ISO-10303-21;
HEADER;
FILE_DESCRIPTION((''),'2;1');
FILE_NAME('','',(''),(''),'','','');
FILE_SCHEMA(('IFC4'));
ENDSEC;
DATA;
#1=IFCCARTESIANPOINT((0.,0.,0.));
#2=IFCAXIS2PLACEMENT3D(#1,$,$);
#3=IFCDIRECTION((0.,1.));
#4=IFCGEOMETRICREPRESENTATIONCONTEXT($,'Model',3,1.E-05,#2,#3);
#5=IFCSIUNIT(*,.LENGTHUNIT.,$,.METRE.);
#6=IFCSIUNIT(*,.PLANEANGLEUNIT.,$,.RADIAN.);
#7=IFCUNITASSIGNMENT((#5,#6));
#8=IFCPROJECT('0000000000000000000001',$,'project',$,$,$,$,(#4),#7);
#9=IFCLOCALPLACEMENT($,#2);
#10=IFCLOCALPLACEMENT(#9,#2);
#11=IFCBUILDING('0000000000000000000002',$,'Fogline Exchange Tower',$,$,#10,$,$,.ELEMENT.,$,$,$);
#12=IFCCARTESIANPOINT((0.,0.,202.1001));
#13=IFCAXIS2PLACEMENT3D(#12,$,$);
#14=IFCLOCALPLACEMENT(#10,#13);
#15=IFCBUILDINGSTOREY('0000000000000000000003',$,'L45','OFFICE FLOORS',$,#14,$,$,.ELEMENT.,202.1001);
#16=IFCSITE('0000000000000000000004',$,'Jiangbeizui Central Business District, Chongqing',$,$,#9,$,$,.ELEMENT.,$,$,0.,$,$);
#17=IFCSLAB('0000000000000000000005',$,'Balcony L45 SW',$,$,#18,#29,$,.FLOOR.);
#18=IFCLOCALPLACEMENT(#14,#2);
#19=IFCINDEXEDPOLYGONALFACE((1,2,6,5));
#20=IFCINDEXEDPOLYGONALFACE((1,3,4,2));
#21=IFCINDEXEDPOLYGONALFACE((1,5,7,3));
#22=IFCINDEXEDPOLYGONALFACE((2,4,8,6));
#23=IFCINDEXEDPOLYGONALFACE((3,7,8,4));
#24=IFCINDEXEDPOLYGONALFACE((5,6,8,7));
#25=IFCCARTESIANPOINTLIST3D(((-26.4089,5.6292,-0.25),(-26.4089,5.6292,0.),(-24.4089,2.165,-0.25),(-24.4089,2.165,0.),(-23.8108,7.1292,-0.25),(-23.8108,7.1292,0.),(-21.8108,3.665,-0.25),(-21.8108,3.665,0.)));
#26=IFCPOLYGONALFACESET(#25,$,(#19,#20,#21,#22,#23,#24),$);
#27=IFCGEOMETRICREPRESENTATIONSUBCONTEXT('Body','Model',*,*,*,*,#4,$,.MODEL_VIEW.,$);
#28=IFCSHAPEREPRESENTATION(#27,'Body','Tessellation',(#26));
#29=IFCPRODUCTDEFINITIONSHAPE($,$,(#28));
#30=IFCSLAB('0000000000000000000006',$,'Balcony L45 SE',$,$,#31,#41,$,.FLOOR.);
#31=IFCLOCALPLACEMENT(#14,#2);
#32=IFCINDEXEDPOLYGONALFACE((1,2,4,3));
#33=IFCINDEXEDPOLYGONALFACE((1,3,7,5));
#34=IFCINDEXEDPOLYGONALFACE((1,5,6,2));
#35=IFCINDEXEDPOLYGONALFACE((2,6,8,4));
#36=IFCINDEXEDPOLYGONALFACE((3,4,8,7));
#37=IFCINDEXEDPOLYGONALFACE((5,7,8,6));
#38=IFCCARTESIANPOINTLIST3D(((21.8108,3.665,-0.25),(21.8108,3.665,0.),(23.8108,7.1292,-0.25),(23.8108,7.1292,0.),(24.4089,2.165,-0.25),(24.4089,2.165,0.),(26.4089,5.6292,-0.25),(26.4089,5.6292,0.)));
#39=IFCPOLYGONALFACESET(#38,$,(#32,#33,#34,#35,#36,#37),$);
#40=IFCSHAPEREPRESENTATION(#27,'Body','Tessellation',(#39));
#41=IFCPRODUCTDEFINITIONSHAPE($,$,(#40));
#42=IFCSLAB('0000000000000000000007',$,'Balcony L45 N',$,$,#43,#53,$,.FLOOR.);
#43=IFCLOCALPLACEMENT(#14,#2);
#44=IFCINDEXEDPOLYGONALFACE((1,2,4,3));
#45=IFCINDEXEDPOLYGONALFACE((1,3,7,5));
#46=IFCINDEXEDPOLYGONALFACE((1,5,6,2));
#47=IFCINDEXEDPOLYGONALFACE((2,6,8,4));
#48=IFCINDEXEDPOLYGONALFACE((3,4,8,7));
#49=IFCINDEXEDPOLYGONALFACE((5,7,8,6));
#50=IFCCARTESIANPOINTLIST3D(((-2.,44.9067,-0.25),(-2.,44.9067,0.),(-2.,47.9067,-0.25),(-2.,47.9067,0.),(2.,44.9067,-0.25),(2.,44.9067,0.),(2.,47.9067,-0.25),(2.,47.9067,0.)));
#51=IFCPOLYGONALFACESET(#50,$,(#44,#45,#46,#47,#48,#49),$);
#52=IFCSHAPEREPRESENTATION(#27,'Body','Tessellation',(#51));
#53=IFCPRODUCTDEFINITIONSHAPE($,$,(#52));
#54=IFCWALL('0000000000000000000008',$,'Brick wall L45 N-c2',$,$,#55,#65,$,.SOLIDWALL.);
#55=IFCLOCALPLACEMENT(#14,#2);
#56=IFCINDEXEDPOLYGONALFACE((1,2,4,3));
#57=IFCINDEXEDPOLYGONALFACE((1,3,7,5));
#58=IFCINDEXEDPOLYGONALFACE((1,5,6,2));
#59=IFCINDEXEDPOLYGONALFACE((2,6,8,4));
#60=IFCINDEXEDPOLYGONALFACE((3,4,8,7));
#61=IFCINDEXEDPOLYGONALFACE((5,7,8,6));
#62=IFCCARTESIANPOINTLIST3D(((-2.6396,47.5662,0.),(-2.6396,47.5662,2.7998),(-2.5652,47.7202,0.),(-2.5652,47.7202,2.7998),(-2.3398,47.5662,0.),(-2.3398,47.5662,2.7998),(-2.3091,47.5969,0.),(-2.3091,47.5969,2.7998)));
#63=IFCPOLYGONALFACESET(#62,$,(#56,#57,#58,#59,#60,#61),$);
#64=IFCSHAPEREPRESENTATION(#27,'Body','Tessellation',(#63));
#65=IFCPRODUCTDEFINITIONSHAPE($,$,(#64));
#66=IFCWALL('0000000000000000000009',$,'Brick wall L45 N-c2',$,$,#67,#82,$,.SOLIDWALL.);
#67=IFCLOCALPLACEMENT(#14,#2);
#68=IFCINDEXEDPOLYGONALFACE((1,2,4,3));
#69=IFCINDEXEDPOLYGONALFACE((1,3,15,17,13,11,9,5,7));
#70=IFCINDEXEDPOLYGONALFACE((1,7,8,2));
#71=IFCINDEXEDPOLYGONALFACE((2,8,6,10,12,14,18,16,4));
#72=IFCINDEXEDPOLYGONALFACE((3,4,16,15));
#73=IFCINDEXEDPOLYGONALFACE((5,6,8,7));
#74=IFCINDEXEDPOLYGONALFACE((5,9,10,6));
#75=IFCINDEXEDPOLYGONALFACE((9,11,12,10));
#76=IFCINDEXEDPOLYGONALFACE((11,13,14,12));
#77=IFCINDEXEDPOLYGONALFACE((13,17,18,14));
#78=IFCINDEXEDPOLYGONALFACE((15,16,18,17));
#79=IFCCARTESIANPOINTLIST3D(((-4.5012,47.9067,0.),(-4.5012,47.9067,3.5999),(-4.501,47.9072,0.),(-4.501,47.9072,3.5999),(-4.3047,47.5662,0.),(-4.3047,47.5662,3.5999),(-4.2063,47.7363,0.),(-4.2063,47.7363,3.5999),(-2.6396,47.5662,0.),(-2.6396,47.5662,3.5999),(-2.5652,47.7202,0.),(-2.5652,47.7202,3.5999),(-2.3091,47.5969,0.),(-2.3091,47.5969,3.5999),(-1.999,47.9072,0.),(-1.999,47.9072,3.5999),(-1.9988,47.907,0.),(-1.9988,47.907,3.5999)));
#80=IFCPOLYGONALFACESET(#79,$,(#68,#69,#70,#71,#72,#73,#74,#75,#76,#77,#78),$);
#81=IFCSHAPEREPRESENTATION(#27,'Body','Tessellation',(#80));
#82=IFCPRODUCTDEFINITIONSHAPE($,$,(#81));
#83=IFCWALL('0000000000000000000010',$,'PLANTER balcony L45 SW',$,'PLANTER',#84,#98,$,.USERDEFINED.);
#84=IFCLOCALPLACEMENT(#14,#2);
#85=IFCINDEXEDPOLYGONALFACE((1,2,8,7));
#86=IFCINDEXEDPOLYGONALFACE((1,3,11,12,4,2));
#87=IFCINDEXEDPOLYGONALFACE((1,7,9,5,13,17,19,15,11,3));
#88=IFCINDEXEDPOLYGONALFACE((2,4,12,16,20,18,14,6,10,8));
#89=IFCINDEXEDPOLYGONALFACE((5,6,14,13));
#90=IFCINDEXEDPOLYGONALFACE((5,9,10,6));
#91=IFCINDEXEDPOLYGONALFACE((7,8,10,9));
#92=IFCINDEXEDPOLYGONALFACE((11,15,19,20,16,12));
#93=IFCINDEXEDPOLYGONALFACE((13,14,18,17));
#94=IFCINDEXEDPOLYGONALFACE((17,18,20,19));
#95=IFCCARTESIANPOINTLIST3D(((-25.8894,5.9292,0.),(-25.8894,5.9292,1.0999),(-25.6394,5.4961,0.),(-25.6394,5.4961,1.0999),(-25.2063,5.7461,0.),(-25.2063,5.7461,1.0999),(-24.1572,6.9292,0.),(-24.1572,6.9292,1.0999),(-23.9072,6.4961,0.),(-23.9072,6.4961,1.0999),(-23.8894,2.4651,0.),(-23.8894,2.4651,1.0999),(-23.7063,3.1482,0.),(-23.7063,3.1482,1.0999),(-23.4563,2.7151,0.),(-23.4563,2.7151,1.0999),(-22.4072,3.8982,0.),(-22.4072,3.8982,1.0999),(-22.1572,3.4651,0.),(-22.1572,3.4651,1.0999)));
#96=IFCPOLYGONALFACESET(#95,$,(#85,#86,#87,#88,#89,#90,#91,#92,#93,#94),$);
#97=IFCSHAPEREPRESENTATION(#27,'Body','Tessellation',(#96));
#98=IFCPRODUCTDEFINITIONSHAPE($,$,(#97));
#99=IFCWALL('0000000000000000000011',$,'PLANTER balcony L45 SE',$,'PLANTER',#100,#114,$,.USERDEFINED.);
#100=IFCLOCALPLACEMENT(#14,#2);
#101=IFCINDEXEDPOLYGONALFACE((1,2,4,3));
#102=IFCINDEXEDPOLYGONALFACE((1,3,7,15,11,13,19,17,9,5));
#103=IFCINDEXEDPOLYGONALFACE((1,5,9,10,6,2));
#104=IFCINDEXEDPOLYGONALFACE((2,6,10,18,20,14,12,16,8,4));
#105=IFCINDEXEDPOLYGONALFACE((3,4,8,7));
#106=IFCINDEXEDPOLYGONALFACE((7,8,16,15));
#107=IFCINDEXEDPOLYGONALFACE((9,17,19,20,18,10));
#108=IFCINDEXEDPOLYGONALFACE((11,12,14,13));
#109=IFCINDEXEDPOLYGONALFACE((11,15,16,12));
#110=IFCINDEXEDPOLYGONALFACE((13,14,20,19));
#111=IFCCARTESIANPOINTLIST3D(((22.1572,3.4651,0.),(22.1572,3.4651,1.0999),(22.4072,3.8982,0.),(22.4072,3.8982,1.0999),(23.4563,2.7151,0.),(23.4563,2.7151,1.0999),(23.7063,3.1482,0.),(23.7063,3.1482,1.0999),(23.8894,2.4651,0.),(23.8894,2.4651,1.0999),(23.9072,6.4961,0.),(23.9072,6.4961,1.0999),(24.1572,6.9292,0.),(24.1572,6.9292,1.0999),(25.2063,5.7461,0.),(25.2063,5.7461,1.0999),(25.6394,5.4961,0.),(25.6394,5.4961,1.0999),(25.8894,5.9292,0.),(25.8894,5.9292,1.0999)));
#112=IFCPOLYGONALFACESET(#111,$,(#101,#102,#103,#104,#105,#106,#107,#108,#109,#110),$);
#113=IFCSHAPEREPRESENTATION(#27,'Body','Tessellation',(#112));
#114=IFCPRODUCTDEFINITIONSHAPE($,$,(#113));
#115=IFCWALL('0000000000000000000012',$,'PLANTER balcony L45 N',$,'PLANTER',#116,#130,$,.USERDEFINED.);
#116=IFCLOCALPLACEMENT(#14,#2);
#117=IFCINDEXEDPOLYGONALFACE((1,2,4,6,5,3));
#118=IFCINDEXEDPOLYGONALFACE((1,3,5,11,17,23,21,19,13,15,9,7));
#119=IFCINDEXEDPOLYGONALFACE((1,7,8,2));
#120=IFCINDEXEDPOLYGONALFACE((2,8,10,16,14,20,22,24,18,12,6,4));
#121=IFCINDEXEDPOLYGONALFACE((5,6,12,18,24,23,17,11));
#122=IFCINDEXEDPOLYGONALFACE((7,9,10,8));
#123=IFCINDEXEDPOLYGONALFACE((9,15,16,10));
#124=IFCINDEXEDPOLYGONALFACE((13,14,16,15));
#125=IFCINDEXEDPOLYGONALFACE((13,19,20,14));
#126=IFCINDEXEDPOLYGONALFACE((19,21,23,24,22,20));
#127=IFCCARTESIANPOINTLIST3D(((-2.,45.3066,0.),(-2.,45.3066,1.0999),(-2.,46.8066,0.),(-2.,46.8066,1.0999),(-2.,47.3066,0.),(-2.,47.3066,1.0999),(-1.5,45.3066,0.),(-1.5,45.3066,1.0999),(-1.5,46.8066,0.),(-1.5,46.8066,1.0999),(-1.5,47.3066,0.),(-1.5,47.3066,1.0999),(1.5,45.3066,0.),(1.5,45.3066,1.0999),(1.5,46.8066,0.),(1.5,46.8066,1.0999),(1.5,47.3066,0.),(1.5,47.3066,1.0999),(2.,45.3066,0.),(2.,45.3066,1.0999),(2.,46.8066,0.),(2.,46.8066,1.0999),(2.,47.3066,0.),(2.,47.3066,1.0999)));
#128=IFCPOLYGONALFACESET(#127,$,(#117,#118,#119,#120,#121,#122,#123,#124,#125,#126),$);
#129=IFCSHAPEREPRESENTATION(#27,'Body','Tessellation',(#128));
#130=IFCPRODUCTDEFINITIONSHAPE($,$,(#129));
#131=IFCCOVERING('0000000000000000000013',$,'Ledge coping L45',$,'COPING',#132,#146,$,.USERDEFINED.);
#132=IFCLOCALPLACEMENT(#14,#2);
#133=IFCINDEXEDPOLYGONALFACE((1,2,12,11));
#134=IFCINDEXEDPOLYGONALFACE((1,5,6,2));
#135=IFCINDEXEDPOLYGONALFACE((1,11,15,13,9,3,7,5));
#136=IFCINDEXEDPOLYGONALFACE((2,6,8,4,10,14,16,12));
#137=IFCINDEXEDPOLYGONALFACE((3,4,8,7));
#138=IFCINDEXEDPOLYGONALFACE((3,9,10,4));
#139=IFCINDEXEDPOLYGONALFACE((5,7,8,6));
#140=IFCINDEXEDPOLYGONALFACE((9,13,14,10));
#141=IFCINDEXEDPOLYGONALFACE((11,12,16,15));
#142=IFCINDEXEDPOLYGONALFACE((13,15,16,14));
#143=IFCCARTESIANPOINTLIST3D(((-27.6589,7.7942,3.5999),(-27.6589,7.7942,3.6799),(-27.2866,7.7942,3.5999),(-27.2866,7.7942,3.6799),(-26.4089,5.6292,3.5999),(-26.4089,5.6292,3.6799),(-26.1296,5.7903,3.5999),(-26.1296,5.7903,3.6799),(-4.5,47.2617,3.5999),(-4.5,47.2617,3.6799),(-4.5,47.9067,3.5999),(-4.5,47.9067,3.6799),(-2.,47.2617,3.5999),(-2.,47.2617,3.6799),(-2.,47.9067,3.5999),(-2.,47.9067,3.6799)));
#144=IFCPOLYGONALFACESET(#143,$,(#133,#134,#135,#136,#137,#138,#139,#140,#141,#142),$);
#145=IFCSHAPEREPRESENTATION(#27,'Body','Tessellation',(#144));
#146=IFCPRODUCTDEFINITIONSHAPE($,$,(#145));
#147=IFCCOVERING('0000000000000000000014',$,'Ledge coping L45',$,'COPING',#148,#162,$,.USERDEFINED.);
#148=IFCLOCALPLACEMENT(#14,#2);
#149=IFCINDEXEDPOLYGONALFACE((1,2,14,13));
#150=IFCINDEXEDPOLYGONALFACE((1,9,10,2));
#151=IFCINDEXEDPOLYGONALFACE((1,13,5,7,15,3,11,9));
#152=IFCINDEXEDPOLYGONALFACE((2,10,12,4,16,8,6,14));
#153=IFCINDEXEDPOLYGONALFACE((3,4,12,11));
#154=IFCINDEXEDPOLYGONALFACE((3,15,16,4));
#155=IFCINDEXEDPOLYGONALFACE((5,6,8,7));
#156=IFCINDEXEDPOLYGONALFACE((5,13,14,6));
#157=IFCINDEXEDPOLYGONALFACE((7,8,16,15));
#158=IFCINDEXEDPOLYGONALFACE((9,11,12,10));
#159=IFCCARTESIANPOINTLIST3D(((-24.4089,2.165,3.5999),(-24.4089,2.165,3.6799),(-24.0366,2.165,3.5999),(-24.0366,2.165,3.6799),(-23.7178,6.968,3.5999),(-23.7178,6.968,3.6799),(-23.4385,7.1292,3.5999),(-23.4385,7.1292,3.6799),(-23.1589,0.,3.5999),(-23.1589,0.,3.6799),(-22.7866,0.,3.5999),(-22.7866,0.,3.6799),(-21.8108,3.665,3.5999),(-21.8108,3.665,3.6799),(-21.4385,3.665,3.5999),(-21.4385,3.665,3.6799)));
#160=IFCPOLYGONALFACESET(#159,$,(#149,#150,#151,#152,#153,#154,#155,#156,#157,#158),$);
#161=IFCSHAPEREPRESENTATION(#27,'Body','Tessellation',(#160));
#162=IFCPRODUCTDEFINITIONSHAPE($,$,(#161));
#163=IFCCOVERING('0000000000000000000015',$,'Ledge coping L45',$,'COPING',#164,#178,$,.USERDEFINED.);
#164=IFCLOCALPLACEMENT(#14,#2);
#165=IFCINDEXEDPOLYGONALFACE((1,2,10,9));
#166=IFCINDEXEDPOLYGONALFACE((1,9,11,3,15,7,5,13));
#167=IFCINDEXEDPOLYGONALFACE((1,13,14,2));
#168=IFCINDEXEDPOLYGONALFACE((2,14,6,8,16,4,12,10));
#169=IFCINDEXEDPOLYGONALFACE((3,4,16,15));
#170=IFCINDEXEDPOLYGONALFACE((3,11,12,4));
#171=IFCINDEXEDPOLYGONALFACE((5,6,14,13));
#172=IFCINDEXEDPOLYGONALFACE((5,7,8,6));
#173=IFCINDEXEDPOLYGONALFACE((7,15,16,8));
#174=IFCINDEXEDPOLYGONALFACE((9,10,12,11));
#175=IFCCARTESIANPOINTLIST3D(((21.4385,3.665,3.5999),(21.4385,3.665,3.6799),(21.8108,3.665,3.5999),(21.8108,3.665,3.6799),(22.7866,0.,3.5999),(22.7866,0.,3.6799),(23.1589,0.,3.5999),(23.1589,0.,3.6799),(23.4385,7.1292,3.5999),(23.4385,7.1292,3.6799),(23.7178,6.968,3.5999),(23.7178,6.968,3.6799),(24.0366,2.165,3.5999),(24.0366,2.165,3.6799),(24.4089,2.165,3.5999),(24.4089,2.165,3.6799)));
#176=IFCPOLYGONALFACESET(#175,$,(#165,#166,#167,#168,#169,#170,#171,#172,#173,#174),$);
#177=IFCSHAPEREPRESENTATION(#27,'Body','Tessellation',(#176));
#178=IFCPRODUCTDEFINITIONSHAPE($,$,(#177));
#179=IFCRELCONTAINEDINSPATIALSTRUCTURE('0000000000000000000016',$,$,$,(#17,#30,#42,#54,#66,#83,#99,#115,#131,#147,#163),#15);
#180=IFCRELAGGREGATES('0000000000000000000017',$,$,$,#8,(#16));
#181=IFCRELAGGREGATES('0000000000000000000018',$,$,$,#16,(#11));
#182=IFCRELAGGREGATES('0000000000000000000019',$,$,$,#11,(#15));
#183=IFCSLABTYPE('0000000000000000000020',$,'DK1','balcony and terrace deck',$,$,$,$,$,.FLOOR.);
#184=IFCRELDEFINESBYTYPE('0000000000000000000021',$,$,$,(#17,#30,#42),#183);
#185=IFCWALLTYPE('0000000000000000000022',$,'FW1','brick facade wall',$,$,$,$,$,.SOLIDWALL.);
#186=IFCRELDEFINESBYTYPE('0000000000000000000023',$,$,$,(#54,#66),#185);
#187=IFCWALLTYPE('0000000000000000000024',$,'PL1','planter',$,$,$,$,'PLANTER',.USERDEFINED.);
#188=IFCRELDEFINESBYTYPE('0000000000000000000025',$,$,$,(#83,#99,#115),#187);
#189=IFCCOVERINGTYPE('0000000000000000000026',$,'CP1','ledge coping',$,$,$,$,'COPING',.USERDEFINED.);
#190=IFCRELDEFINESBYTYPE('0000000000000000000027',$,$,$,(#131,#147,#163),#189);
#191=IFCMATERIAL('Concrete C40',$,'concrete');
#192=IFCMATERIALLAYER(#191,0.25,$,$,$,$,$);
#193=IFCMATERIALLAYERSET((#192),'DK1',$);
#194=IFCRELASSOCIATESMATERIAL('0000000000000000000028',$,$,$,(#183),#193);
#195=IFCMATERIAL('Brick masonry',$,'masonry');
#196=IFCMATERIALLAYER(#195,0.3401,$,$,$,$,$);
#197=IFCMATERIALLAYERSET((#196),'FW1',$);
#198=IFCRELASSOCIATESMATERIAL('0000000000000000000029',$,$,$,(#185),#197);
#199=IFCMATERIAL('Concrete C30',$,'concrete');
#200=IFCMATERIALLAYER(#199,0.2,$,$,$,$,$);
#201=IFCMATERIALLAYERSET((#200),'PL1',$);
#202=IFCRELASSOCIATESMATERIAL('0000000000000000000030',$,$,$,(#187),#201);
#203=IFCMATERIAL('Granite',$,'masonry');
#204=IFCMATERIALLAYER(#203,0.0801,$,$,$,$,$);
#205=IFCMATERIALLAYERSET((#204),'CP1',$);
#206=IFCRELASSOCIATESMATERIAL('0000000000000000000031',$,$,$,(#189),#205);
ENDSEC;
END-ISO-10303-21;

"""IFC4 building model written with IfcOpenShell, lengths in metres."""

from ifc_helpers import new_model, si_unit, direction, frame, origin, place, context, subcontext, project, spatial, polyline, outline, extrude, material, layer, layer_set, type_object, element, save


model = new_model("IFC4")

# Units and contexts
model_context = context("Model", 3, precision=1e-05, world=origin(), true_north=direction((0.0, 1.0)))
body_context = subcontext(model_context, "Body", "Model", "MODEL_VIEW")
ifc_project = project(units=[si_unit("LENGTHUNIT", "METRE"), si_unit("PLANEANGLEUNIT", "RADIAN")], contexts=[model_context])

# Site, building, storey
site_placement = place(None, origin())
site = spatial("IfcSite", under=ifc_project, at=site_placement, Name="Jiangbeizui Central Business District, Chongqing", CompositionType="ELEMENT", RefElevation=0.0)
building_placement = place(site_placement, origin())
building = spatial("IfcBuilding", under=site, at=building_placement, Name="Fogline Exchange Tower", CompositionType="ELEMENT")
storey_placement = place(building_placement, frame((0.0, 0.0, 202.1001)))
storey = spatial("IfcBuildingStorey", under=building, at=storey_placement, Name="L45", Description="OFFICE FLOORS", CompositionType="ELEMENT", Elevation=202.1001)

# Slabs
ifc_material_1 = material(Name="Concrete C40", Category="concrete")
ifc_layer_1 = layer(ifc_material_1, 0.25)
ifc_layer_set_1 = layer_set([ifc_layer_1], Name="DK1")
slab_type = type_object("IfcSlabType", Name="DK1", Description="balcony and terrace deck", PredefinedType="FLOOR", material=ifc_layer_set_1)
slab_1_placement = place(storey_placement, frame((0.0, 0.0, -0.25)))
element("IfcSlab", 1, at=slab_1_placement, inside=storey, type_object=slab_type, Name="Balcony L45 SW", PredefinedType="FLOOR", context=body_context, shape_type="SweptSolid", body=[
    extrude(outline(polyline([(-26.4089, 5.6292), (-24.4089, 2.165), (-21.8108, 3.665), (-23.8108, 7.1292), (-26.4089, 5.6292)])), origin(), (0.0, 0.0, 1.0), 0.25),
])
slab_2_placement = place(storey_placement, frame((0.0, 0.0, -0.25)))
element("IfcSlab", 2, at=slab_2_placement, inside=storey, type_object=slab_type, Name="Balcony L45 SE", PredefinedType="FLOOR", context=body_context, shape_type="SweptSolid", body=[
    extrude(outline(polyline([(24.4089, 2.165), (26.4089, 5.6292), (23.8108, 7.1292), (21.8108, 3.665), (24.4089, 2.165)])), origin(), (0.0, 0.0, 1.0), 0.25),
])
slab_3_placement = place(storey_placement, frame((0.0, 0.0, -0.25)))
element("IfcSlab", 3, at=slab_3_placement, inside=storey, type_object=slab_type, Name="Balcony L45 N", PredefinedType="FLOOR", context=body_context, shape_type="SweptSolid", body=[
    extrude(outline(polyline([(2.0, 47.9067), (-2.0, 47.9067), (-2.0, 44.9067), (2.0, 44.9067), (2.0, 47.9067)])), origin(), (0.0, 0.0, 1.0), 0.25),
])

# Walls
ifc_material_2 = material(Name="Brick masonry", Category="masonry")
ifc_layer_2 = layer(ifc_material_2, 0.3401)
ifc_layer_set_2 = layer_set([ifc_layer_2], Name="FW1")
wall_type_1 = type_object("IfcWallType", Name="FW1", Description="brick facade wall", PredefinedType="SOLIDWALL", material=ifc_layer_set_2)
wall_1_placement = place(storey_placement, origin())
element("IfcWall", 4, at=wall_1_placement, inside=storey, type_object=wall_type_1, Name="Brick wall L45 N-c2", PredefinedType="SOLIDWALL", context=body_context, shape_type="SweptSolid", body=[
    extrude(outline(polyline([(-2.3398, 47.5662), (-2.6396, 47.5662), (-2.5652, 47.7202), (-2.3091, 47.5969), (-2.3398, 47.5662)])), origin(), (0.0, 0.0, 1.0), 2.7998),
])
wall_2_placement = place(storey_placement, origin())
element("IfcWall", 5, at=wall_2_placement, inside=storey, type_object=wall_type_1, Name="Brick wall L45 N-c2", PredefinedType="SOLIDWALL", context=body_context, shape_type="SweptSolid", body=[
    extrude(outline(polyline([(-4.2063, 47.7363), (-4.5012, 47.9067), (-4.501, 47.9072), (-1.999, 47.9072), (-1.9988, 47.907), (-2.3091, 47.5969), (-2.5652, 47.7202), (-2.6396, 47.5662), (-4.3047, 47.5662), (-4.2063, 47.7363)])), origin(), (0.0, 0.0, 1.0), 3.5999),
])
ifc_material_3 = material(Name="Concrete C30", Category="concrete")
ifc_layer_3 = layer(ifc_material_3, 0.2)
ifc_layer_set_3 = layer_set([ifc_layer_3], Name="PL1")
wall_type_2 = type_object("IfcWallType", Name="PL1", Description="planter", ElementType="PLANTER", PredefinedType="USERDEFINED", material=ifc_layer_set_3)
wall_3_placement = place(storey_placement, origin())
element("IfcWall", 6, at=wall_3_placement, inside=storey, type_object=wall_type_2, Name="PLANTER balcony L45 SW", ObjectType="PLANTER", PredefinedType="USERDEFINED", context=body_context, shape_type="SweptSolid", body=[
    extrude(outline(polyline([(-22.4072, 3.8982), (-23.7063, 3.1482), (-25.2063, 5.7461), (-23.9072, 6.4961), (-24.1572, 6.9292), (-25.8894, 5.9292), (-25.6394, 5.4961), (-23.8894, 2.4651), (-23.4563, 2.7151), (-23.4563, 2.7151), (-22.1572, 3.4651), (-22.4072, 3.8982)])), origin(), (0.0, 0.0, 1.0), 1.0999),
])
wall_4_placement = place(storey_placement, origin())
element("IfcWall", 7, at=wall_4_placement, inside=storey, type_object=wall_type_2, Name="PLANTER balcony L45 SE", ObjectType="PLANTER", PredefinedType="USERDEFINED", context=body_context, shape_type="SweptSolid", body=[
    extrude(outline(polyline([(22.1572, 3.4651), (23.4563, 2.7151), (23.4563, 2.7151), (23.8894, 2.4651), (25.6394, 5.4961), (25.8894, 5.9292), (24.1572, 6.9292), (23.9072, 6.4961), (25.2063, 5.7461), (23.7063, 3.1482), (22.4072, 3.8982), (22.1572, 3.4651)])), origin(), (0.0, 0.0, 1.0), 1.0999),
])
wall_5_placement = place(storey_placement, origin())
element("IfcWall", 8, at=wall_5_placement, inside=storey, type_object=wall_type_2, Name="PLANTER balcony L45 N", ObjectType="PLANTER", PredefinedType="USERDEFINED", context=body_context, shape_type="SweptSolid", body=[
    extrude(outline(polyline([(-1.5, 47.3066), (-2.0, 47.3066), (-2.0, 46.8066), (-2.0, 45.3066), (-1.5, 45.3066), (-1.5, 46.8066), (1.5, 46.8066), (1.5, 45.3066), (2.0, 45.3066), (2.0, 46.8066), (2.0, 47.3066), (1.5, 47.3066), (-1.5, 47.3066)])), origin(), (0.0, 0.0, 1.0), 1.0999),
])

# Coverings
ifc_material_4 = material(Name="Granite", Category="masonry")
ifc_layer_4 = layer(ifc_material_4, 0.0801)
ifc_layer_set_4 = layer_set([ifc_layer_4], Name="CP1")
covering_type_1 = type_object("IfcCoveringType", Name="CP1", Description="ledge coping", ElementType="COPING", PredefinedType="USERDEFINED", material=ifc_layer_set_4)
covering_1_placement = place(storey_placement, frame((0.0, 0.0, 3.5999)))
element("IfcCovering", 9, at=covering_1_placement, inside=storey, type_object=covering_type_1, Name="Ledge coping L45", ObjectType="COPING", PredefinedType="USERDEFINED", context=body_context, shape_type="SweptSolid", body=[
    extrude(outline(polyline([(-26.4089, 5.6292), (-26.1296, 5.7903), (-27.2866, 7.7942), (-4.5, 47.2617), (-2.0, 47.2617), (-2.0, 47.9067), (-4.5, 47.9067), (-27.6589, 7.7942), (-26.4089, 5.6292)])), origin(), (0.0, 0.0, 1.0), 0.0801),
])
covering_2_placement = place(storey_placement, frame((0.0, 0.0, 3.5999)))
element("IfcCovering", 10, at=covering_2_placement, inside=storey, type_object=covering_type_1, Name="Ledge coping L45", ObjectType="COPING", PredefinedType="USERDEFINED", context=body_context, shape_type="SweptSolid", body=[
    extrude(outline(polyline([(-23.1589, 0.0), (-22.7866, 0.0), (-24.0366, 2.165), (-21.4385, 3.665), (-23.4385, 7.1292), (-23.7178, 6.968), (-21.8108, 3.665), (-24.4089, 2.165), (-23.1589, 0.0)])), origin(), (0.0, 0.0, 1.0), 0.0801),
])
covering_3_placement = place(storey_placement, frame((0.0, 0.0, 3.5999)))
element("IfcCovering", 11, at=covering_3_placement, inside=storey, type_object=covering_type_1, Name="Ledge coping L45", ObjectType="COPING", PredefinedType="USERDEFINED", context=body_context, shape_type="SweptSolid", body=[
    extrude(outline(polyline([(21.8108, 3.665), (23.7178, 6.968), (23.4385, 7.1292), (21.4385, 3.665), (24.0366, 2.165), (22.7866, 0.0), (23.1589, 0.0), (24.4089, 2.165), (21.8108, 3.665)])), origin(), (0.0, 0.0, 1.0), 0.0801),
])

save(model, "model.ifc")
